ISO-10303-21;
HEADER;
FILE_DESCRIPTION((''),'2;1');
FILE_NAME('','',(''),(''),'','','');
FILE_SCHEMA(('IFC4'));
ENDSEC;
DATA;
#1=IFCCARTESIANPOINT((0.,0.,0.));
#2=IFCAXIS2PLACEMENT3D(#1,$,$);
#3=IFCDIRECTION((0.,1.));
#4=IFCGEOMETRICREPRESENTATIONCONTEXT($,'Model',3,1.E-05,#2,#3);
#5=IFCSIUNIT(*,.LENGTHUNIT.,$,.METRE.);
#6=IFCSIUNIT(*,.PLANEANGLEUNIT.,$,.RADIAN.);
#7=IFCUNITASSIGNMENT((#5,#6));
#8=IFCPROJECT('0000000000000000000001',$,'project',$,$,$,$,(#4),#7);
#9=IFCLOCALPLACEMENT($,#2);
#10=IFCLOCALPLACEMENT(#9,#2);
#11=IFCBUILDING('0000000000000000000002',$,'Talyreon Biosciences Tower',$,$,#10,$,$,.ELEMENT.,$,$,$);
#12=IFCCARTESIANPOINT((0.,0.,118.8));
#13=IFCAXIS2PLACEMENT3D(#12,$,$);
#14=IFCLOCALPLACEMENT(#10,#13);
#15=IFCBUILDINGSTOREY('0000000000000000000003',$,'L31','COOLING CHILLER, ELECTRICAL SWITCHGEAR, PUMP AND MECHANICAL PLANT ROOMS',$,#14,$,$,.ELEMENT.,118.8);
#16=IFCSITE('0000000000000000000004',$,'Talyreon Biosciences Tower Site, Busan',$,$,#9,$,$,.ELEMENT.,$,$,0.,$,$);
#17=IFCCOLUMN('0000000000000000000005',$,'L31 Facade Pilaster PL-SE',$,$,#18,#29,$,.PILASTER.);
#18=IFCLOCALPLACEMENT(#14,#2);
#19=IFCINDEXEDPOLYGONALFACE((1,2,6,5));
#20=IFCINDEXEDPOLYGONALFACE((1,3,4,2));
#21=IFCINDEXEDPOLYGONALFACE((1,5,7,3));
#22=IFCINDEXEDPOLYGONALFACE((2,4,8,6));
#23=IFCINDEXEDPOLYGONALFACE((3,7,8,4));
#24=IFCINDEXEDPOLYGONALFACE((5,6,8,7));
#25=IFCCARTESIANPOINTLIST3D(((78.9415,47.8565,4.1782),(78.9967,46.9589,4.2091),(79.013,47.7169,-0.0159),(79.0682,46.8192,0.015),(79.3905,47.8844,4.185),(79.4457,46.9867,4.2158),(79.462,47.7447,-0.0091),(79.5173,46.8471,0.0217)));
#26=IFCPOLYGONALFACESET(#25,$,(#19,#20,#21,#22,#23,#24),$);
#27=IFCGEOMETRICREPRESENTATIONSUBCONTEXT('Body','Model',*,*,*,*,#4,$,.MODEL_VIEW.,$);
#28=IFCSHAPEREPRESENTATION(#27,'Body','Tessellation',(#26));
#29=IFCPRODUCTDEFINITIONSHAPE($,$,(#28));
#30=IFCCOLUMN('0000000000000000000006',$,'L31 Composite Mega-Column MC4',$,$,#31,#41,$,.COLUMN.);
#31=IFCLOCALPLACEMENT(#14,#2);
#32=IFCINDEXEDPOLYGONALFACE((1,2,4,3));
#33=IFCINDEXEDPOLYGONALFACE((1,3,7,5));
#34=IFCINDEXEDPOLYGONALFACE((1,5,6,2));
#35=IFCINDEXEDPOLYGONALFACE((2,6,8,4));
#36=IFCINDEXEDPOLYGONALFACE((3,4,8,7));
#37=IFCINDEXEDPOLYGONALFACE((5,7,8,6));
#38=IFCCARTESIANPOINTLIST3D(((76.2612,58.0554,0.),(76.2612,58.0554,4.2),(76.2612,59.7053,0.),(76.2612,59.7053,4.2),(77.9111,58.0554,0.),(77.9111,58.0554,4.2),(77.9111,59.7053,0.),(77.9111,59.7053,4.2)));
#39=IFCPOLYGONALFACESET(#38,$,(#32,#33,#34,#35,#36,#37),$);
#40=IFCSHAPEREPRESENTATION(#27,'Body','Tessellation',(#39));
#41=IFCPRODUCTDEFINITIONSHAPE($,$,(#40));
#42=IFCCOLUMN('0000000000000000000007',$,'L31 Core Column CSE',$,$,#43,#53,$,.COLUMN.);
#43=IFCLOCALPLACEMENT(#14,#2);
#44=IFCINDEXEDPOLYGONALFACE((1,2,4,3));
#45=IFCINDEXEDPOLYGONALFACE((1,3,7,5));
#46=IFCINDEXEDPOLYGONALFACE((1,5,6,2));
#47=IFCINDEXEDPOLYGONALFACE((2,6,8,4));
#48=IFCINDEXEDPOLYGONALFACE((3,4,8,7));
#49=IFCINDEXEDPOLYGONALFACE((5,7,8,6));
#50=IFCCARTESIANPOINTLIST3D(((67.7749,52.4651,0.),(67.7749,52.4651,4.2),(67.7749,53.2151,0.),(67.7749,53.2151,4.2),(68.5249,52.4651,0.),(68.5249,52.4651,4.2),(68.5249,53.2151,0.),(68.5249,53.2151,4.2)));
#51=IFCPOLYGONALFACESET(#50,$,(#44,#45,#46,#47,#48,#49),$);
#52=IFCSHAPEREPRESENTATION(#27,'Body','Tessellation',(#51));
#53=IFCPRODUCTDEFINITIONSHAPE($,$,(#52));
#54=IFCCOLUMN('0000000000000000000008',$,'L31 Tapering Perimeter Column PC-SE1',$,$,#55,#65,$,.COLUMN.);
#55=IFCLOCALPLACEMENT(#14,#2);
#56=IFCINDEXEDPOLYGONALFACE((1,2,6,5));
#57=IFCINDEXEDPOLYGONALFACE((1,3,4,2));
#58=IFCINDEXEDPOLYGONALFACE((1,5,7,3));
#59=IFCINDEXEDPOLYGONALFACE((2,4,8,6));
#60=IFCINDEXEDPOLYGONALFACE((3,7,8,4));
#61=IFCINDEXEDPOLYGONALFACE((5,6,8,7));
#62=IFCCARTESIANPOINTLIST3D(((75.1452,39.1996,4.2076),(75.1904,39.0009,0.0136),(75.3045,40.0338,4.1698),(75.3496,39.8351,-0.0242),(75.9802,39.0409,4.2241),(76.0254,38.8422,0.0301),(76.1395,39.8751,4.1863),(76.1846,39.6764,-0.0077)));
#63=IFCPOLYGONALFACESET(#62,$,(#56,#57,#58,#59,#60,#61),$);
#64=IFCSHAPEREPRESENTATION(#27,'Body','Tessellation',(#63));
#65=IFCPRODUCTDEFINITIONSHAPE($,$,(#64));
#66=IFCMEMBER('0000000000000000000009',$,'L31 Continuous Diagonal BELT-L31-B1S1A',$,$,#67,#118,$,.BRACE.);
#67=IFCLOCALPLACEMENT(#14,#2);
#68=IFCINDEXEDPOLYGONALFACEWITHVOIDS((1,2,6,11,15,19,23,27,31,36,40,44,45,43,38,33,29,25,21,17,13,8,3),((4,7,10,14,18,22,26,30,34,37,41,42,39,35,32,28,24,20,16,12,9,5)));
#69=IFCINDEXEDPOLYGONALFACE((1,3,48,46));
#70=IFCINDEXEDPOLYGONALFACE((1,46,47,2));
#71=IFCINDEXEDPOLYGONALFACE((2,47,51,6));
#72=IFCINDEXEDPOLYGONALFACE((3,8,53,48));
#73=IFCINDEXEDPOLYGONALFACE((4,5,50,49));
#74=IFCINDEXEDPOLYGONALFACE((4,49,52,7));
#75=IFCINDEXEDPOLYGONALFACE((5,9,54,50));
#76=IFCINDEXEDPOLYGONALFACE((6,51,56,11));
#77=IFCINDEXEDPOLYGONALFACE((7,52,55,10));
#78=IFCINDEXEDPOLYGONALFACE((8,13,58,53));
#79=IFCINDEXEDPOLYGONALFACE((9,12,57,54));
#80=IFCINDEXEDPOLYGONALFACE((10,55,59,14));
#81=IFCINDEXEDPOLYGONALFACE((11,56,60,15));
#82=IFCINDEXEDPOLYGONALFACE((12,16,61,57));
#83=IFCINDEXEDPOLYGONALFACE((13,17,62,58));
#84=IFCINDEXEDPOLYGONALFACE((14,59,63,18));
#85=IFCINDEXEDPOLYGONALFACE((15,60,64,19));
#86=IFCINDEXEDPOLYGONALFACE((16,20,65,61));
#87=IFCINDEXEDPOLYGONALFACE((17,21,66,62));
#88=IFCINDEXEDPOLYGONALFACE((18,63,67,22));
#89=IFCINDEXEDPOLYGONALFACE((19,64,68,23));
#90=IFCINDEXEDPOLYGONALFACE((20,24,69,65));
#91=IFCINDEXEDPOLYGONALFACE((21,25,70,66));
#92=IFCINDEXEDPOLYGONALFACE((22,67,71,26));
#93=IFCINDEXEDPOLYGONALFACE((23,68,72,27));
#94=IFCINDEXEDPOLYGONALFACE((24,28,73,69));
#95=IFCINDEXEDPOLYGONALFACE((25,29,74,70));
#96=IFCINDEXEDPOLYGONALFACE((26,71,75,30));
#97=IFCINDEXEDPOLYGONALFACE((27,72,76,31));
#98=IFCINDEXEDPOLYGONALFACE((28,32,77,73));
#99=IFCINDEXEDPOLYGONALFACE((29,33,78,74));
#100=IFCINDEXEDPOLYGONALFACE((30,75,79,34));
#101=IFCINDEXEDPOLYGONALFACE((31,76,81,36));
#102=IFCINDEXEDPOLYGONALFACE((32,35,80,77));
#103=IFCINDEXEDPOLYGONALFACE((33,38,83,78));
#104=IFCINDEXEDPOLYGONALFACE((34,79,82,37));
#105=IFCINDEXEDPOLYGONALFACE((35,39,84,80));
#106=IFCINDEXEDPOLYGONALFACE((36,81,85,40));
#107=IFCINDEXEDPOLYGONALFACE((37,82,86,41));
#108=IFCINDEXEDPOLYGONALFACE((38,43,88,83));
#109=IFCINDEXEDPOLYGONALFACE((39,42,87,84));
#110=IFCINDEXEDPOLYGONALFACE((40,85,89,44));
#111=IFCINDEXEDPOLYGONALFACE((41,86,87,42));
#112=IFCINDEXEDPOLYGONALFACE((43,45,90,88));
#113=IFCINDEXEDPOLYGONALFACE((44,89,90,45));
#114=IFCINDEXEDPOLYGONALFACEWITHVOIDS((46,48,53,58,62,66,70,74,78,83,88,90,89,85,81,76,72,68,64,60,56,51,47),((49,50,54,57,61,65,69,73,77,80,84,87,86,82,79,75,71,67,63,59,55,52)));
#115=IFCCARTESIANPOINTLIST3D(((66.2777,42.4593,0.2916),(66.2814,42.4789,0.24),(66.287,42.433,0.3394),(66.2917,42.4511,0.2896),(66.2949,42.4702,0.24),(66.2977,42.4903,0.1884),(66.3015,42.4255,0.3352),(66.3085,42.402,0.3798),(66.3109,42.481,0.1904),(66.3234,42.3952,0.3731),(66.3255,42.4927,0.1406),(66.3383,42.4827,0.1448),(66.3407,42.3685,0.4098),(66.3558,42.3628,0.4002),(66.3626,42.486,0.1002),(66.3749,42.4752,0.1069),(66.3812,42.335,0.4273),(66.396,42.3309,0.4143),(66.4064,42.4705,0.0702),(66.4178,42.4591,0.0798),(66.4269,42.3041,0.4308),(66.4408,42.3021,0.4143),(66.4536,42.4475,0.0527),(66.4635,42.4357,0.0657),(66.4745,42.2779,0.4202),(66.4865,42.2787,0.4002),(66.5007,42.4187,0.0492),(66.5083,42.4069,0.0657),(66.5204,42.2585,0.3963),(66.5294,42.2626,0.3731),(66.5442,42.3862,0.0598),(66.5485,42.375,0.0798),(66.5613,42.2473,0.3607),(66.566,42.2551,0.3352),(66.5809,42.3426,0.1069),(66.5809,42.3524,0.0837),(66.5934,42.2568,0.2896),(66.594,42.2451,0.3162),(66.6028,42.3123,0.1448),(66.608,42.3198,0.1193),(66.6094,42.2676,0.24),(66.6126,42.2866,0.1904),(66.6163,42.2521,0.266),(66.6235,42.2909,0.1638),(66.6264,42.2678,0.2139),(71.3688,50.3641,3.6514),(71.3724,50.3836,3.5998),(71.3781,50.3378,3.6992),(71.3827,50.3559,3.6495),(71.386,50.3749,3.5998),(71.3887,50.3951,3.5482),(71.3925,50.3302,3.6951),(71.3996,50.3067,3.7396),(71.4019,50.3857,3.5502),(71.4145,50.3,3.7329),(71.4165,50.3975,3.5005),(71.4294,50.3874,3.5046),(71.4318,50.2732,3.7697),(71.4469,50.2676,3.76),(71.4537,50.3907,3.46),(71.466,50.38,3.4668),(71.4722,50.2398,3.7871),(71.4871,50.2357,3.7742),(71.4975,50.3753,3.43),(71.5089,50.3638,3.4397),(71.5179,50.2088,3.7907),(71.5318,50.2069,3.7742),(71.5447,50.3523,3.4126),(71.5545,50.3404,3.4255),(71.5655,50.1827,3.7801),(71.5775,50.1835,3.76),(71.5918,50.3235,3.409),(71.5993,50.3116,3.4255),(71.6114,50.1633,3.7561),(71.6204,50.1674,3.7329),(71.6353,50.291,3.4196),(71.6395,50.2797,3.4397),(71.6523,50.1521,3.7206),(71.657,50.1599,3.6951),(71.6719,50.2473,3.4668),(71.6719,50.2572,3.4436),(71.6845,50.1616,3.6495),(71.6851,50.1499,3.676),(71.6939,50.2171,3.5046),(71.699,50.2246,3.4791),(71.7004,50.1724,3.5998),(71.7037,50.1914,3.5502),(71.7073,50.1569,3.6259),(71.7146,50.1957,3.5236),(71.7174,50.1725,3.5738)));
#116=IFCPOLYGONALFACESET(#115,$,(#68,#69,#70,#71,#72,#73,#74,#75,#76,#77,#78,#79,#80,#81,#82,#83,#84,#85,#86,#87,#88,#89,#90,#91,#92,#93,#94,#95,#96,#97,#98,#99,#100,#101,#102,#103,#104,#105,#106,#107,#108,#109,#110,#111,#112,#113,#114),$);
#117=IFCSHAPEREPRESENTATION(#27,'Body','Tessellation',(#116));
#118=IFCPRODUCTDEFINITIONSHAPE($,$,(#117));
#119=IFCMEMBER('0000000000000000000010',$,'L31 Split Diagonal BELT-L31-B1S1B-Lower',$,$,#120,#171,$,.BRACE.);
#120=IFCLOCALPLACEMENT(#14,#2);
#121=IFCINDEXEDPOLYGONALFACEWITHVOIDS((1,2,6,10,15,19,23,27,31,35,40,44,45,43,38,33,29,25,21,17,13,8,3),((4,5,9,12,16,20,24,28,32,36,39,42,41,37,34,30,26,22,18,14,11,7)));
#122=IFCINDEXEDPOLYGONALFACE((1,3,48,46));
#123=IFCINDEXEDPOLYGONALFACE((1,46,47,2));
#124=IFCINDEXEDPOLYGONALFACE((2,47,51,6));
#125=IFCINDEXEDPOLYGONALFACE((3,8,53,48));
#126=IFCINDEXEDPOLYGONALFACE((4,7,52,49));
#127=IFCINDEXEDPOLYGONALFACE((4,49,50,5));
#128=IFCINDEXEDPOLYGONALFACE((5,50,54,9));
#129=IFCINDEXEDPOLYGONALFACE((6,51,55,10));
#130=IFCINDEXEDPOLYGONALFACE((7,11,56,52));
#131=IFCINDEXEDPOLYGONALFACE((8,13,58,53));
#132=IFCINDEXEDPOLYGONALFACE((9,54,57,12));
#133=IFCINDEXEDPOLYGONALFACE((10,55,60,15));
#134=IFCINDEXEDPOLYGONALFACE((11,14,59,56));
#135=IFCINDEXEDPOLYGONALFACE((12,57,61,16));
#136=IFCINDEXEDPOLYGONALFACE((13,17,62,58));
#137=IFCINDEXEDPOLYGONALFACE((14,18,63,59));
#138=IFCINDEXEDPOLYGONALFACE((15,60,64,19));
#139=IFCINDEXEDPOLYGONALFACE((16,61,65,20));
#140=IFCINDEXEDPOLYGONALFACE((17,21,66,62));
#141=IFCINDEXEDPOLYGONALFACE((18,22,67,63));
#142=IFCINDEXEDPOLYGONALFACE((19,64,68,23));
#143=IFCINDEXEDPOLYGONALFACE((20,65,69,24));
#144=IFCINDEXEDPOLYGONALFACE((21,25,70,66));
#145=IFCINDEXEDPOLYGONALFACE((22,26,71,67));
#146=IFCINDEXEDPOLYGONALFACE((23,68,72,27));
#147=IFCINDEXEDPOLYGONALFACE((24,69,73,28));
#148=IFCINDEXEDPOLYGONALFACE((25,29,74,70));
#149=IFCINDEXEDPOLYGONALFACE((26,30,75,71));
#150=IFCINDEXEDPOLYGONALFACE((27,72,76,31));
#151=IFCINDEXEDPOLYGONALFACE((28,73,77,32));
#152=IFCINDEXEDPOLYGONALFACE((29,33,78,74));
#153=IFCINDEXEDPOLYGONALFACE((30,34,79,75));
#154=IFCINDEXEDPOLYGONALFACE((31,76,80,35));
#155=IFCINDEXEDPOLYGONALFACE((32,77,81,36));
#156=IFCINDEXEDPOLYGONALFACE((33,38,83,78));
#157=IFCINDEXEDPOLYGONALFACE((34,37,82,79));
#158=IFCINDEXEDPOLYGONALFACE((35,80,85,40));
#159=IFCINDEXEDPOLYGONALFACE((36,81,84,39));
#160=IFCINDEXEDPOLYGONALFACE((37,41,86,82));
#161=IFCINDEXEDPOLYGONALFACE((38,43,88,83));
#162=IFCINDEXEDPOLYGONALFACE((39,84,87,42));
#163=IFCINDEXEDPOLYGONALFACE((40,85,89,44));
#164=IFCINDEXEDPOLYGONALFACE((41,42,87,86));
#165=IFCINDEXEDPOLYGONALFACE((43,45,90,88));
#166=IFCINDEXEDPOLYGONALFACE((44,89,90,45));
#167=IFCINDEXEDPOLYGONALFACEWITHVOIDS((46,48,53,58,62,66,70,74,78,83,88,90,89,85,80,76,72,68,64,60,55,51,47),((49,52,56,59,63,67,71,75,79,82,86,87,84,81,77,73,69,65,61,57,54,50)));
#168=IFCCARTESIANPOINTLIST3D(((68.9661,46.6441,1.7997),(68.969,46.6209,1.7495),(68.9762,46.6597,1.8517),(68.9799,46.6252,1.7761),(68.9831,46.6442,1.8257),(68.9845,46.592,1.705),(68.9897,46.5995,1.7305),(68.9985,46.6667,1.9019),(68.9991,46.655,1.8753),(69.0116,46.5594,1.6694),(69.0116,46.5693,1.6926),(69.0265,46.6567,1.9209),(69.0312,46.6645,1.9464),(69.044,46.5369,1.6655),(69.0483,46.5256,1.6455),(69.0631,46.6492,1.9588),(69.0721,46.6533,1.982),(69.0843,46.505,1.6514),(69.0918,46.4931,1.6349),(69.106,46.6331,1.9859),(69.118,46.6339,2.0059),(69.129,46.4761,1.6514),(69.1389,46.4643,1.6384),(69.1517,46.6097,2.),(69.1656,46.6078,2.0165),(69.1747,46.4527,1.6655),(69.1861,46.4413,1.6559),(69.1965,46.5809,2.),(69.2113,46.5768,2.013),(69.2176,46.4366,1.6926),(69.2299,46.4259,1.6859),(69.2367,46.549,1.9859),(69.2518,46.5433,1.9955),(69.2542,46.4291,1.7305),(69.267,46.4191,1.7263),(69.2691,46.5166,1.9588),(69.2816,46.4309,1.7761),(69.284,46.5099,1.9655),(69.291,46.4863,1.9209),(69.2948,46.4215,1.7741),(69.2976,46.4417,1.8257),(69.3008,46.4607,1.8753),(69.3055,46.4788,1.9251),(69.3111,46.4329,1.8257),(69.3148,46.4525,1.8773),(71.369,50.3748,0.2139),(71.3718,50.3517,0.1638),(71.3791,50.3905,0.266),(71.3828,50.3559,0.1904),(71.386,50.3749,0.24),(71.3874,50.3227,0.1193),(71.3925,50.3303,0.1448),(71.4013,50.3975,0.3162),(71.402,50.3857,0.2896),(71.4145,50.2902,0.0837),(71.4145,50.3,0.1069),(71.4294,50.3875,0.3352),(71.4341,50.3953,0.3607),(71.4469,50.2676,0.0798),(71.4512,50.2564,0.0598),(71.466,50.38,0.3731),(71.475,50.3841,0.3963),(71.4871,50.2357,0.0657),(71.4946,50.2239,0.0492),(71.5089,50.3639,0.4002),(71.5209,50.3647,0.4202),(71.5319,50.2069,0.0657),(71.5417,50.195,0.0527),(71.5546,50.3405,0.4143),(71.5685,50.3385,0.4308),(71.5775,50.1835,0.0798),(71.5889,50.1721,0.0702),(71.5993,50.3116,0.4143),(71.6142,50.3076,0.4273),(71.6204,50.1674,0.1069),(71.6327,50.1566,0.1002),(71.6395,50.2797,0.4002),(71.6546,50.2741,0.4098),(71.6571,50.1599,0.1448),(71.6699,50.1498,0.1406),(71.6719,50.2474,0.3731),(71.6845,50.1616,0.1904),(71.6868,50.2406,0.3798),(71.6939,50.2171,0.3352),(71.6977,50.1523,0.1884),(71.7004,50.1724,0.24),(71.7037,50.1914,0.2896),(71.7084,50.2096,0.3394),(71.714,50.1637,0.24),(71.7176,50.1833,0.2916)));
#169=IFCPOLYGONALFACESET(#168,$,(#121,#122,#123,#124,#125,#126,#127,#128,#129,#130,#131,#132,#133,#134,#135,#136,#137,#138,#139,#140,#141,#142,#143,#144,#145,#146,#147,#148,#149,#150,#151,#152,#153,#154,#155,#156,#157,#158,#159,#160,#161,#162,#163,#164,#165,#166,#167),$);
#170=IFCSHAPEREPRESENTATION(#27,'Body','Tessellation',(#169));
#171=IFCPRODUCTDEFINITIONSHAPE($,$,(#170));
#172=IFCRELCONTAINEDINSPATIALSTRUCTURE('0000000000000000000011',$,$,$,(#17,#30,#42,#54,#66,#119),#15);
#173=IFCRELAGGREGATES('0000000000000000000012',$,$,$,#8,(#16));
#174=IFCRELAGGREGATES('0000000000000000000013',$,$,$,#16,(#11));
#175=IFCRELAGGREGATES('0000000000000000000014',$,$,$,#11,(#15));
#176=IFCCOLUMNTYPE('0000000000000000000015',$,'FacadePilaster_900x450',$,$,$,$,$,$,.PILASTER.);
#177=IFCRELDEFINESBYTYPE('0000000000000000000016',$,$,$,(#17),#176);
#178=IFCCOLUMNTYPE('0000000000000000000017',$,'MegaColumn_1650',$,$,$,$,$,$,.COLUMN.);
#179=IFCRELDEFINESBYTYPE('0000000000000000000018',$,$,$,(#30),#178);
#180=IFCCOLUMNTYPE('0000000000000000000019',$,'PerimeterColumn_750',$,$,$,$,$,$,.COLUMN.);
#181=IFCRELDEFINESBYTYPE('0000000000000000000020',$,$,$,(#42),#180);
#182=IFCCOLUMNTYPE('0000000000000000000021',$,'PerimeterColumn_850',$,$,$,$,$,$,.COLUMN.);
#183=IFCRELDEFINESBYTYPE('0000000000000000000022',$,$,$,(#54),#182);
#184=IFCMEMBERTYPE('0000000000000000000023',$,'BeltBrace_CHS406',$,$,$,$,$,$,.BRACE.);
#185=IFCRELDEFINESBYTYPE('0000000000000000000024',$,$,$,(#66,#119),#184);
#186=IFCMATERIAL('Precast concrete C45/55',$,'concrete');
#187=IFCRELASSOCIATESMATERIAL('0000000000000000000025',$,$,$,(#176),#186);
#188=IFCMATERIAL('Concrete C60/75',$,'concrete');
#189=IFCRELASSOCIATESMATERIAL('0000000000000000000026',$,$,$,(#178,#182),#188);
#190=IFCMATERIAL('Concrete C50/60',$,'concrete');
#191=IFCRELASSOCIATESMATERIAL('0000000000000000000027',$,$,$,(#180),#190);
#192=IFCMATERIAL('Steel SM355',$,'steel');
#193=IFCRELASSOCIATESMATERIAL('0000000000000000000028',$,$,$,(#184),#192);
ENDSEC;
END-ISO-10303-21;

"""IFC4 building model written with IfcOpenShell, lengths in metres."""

from ifc_helpers import new_model, si_unit, direction, frame, origin, origin_2d, place, context, subcontext, project, spatial, rectangle, hollow_circle, extrude, material, material_profile, profile_set, type_object, element, save


model = new_model("IFC4")

# Units and contexts
model_context = context("Model", 3, precision=1e-05, world=origin(), true_north=direction((0.0, 1.0)))
body_context = subcontext(model_context, "Body", "Model", "MODEL_VIEW")
ifc_project = project(units=[si_unit("LENGTHUNIT", "METRE"), si_unit("PLANEANGLEUNIT", "RADIAN")], contexts=[model_context])

# Site, building, storey
site_placement = place(None, origin())
site = spatial("IfcSite", under=ifc_project, at=site_placement, Name="Talyreon Biosciences Tower Site, Busan", CompositionType="ELEMENT", RefElevation=0.0)
building_placement = place(site_placement, origin())
building = spatial("IfcBuilding", under=site, at=building_placement, Name="Talyreon Biosciences Tower", CompositionType="ELEMENT")
storey_placement = place(building_placement, frame((0.0, 0.0, 118.8)))
storey = spatial("IfcBuildingStorey", under=building, at=storey_placement, Name="L31", Description="COOLING CHILLER, ELECTRICAL SWITCHGEAR, PUMP AND MECHANICAL PLANT ROOMS", CompositionType="ELEMENT", Elevation=118.8)

# Columns
ifc_material_1 = material(Name="Precast concrete C45/55", Category="concrete")
ifc_material_profile_1 = material_profile(ifc_material_1, rectangle(XDim=0.8999, YDim=0.45, at=origin_2d()), Name="RC 900x450")
ifc_profile_set_1 = profile_set([ifc_material_profile_1], Name="Precast concrete C45/55")
column_type_1 = type_object("IfcColumnType", Name="FacadePilaster_900x450", PredefinedType="PILASTER", material=ifc_profile_set_1)
column_1_placement = place(storey_placement, frame((79.2651, 47.282, 0.0029), z_axis=(-0.017044, 0.033273, 0.999301), x_axis=(0.061353, -0.997528, 0.034261)))
element("IfcColumn", 1, at=column_1_placement, inside=storey, type_object=column_type_1, Name="L31 Facade Pilaster PL-SE", PredefinedType="PILASTER", context=body_context, shape_type="SweptSolid", body=[
    extrude(rectangle(XDim=0.8999, YDim=0.45, at=origin_2d()), origin(), (0.0, 0.0, 1.0), 4.197),
])
ifc_material_2 = material(Name="Concrete C60/75", Category="concrete")
ifc_material_profile_2 = material_profile(ifc_material_2, rectangle(XDim=1.6499, YDim=1.6499, at=origin_2d()), Name="RC 1650x1650")
ifc_profile_set_2 = profile_set([ifc_material_profile_2], Name="Concrete C60/75")
column_type_2 = type_object("IfcColumnType", Name="MegaColumn_1650", PredefinedType="COLUMN", material=ifc_profile_set_2)
column_2_placement = place(storey_placement, frame((77.0862, 58.8804, 0.0), z_axis=(0.0, 0.0, 1.0), x_axis=(1.0, 0.0, 0.0)))
element("IfcColumn", 2, at=column_2_placement, inside=storey, type_object=column_type_2, Name="L31 Composite Mega-Column MC4", PredefinedType="COLUMN", context=body_context, shape_type="SweptSolid", body=[
    extrude(rectangle(XDim=1.6499, YDim=1.6499, at=origin_2d()), origin(), (0.0, 0.0, 1.0), 4.2),
])
ifc_material_3 = material(Name="Concrete C50/60", Category="concrete")
ifc_material_profile_3 = material_profile(ifc_material_3, rectangle(XDim=0.75, YDim=0.75, at=origin_2d()), Name="RC 750x750")
ifc_profile_set_3 = profile_set([ifc_material_profile_3], Name="Concrete C50/60")
column_type_3 = type_object("IfcColumnType", Name="PerimeterColumn_750", PredefinedType="COLUMN", material=ifc_profile_set_3)
column_3_placement = place(storey_placement, frame((68.1499, 52.8401, 0.0), z_axis=(0.0, 0.0, 1.0), x_axis=(1.0, 0.0, 0.0)))
element("IfcColumn", 3, at=column_3_placement, inside=storey, type_object=column_type_3, Name="L31 Core Column CSE", PredefinedType="COLUMN", context=body_context, shape_type="SweptSolid", body=[
    extrude(rectangle(XDim=0.75, YDim=0.75, at=origin_2d()), origin(), (0.0, 0.0, 1.0), 4.2),
])
ifc_material_profile_4 = material_profile(ifc_material_2, rectangle(XDim=0.8501, YDim=0.8501, at=origin_2d()), Name="RC 850x850")
ifc_profile_set_4 = profile_set([ifc_material_profile_4], Name="Concrete C60/75")
column_type_4 = type_object("IfcColumnType", Name="PerimeterColumn_850", PredefinedType="COLUMN", material=ifc_profile_set_4)
column_4_placement = place(storey_placement, frame((75.6875, 39.3386, 0.0029), z_axis=(-0.010756, 0.047328, 0.998822), x_axis=(-0.187359, -0.981284, 0.044479)))
element("IfcColumn", 4, at=column_4_placement, inside=storey, type_object=column_type_4, Name="L31 Tapering Perimeter Column PC-SE1", PredefinedType="COLUMN", context=body_context, shape_type="SweptSolid", body=[
    extrude(rectangle(XDim=0.8501, YDim=0.8501, at=origin_2d()), origin(), (0.0, 0.0, 1.0), 4.199),
])

# Members
ifc_material_4 = material(Name="Steel SM355", Category="steel")
ifc_material_profile_5 = material_profile(ifc_material_4, hollow_circle(Radius=0.2031, WallThickness=0.0161, at=origin_2d()), Name="CHS 406.4x16")
ifc_profile_set_5 = profile_set([ifc_material_profile_5], Name="Steel SM355")
member_type_1 = type_object("IfcMemberType", Name="BeltBrace_CHS406", PredefinedType="BRACE", material=ifc_profile_set_5)
member_1_placement = place(storey_placement, frame((66.4521, 42.3689, 0.24), z_axis=(0.509889, 0.791694, 0.336503), x_axis=(-0.840723, 0.541466, 0.0)))
element("IfcMember", 5, at=member_1_placement, inside=storey, type_object=member_type_1, Name="L31 Continuous Diagonal BELT-L31-B1S1A", PredefinedType="BRACE", context=body_context, shape_type="SweptSolid", body=[
    extrude(hollow_circle(Radius=0.2031, WallThickness=0.0161, at=origin_2d()), origin(), (0.0, 0.0, 1.0), 9.9846),
])
member_2_placement = place(storey_placement, frame((71.5432, 50.2737, 0.24), z_axis=(-0.509901, -0.791688, 0.336497), x_axis=(0.840715, -0.541478, 0.0)))
element("IfcMember", 6, at=member_2_placement, inside=storey, type_object=member_type_1, Name="L31 Split Diagonal BELT-L31-B1S1B-Lower", PredefinedType="BRACE", context=body_context, shape_type="SweptSolid", body=[
    extrude(hollow_circle(Radius=0.2031, WallThickness=0.0161, at=origin_2d()), origin(), (0.0, 0.0, 1.0), 4.7124),
])

save(model, "model.ifc")
